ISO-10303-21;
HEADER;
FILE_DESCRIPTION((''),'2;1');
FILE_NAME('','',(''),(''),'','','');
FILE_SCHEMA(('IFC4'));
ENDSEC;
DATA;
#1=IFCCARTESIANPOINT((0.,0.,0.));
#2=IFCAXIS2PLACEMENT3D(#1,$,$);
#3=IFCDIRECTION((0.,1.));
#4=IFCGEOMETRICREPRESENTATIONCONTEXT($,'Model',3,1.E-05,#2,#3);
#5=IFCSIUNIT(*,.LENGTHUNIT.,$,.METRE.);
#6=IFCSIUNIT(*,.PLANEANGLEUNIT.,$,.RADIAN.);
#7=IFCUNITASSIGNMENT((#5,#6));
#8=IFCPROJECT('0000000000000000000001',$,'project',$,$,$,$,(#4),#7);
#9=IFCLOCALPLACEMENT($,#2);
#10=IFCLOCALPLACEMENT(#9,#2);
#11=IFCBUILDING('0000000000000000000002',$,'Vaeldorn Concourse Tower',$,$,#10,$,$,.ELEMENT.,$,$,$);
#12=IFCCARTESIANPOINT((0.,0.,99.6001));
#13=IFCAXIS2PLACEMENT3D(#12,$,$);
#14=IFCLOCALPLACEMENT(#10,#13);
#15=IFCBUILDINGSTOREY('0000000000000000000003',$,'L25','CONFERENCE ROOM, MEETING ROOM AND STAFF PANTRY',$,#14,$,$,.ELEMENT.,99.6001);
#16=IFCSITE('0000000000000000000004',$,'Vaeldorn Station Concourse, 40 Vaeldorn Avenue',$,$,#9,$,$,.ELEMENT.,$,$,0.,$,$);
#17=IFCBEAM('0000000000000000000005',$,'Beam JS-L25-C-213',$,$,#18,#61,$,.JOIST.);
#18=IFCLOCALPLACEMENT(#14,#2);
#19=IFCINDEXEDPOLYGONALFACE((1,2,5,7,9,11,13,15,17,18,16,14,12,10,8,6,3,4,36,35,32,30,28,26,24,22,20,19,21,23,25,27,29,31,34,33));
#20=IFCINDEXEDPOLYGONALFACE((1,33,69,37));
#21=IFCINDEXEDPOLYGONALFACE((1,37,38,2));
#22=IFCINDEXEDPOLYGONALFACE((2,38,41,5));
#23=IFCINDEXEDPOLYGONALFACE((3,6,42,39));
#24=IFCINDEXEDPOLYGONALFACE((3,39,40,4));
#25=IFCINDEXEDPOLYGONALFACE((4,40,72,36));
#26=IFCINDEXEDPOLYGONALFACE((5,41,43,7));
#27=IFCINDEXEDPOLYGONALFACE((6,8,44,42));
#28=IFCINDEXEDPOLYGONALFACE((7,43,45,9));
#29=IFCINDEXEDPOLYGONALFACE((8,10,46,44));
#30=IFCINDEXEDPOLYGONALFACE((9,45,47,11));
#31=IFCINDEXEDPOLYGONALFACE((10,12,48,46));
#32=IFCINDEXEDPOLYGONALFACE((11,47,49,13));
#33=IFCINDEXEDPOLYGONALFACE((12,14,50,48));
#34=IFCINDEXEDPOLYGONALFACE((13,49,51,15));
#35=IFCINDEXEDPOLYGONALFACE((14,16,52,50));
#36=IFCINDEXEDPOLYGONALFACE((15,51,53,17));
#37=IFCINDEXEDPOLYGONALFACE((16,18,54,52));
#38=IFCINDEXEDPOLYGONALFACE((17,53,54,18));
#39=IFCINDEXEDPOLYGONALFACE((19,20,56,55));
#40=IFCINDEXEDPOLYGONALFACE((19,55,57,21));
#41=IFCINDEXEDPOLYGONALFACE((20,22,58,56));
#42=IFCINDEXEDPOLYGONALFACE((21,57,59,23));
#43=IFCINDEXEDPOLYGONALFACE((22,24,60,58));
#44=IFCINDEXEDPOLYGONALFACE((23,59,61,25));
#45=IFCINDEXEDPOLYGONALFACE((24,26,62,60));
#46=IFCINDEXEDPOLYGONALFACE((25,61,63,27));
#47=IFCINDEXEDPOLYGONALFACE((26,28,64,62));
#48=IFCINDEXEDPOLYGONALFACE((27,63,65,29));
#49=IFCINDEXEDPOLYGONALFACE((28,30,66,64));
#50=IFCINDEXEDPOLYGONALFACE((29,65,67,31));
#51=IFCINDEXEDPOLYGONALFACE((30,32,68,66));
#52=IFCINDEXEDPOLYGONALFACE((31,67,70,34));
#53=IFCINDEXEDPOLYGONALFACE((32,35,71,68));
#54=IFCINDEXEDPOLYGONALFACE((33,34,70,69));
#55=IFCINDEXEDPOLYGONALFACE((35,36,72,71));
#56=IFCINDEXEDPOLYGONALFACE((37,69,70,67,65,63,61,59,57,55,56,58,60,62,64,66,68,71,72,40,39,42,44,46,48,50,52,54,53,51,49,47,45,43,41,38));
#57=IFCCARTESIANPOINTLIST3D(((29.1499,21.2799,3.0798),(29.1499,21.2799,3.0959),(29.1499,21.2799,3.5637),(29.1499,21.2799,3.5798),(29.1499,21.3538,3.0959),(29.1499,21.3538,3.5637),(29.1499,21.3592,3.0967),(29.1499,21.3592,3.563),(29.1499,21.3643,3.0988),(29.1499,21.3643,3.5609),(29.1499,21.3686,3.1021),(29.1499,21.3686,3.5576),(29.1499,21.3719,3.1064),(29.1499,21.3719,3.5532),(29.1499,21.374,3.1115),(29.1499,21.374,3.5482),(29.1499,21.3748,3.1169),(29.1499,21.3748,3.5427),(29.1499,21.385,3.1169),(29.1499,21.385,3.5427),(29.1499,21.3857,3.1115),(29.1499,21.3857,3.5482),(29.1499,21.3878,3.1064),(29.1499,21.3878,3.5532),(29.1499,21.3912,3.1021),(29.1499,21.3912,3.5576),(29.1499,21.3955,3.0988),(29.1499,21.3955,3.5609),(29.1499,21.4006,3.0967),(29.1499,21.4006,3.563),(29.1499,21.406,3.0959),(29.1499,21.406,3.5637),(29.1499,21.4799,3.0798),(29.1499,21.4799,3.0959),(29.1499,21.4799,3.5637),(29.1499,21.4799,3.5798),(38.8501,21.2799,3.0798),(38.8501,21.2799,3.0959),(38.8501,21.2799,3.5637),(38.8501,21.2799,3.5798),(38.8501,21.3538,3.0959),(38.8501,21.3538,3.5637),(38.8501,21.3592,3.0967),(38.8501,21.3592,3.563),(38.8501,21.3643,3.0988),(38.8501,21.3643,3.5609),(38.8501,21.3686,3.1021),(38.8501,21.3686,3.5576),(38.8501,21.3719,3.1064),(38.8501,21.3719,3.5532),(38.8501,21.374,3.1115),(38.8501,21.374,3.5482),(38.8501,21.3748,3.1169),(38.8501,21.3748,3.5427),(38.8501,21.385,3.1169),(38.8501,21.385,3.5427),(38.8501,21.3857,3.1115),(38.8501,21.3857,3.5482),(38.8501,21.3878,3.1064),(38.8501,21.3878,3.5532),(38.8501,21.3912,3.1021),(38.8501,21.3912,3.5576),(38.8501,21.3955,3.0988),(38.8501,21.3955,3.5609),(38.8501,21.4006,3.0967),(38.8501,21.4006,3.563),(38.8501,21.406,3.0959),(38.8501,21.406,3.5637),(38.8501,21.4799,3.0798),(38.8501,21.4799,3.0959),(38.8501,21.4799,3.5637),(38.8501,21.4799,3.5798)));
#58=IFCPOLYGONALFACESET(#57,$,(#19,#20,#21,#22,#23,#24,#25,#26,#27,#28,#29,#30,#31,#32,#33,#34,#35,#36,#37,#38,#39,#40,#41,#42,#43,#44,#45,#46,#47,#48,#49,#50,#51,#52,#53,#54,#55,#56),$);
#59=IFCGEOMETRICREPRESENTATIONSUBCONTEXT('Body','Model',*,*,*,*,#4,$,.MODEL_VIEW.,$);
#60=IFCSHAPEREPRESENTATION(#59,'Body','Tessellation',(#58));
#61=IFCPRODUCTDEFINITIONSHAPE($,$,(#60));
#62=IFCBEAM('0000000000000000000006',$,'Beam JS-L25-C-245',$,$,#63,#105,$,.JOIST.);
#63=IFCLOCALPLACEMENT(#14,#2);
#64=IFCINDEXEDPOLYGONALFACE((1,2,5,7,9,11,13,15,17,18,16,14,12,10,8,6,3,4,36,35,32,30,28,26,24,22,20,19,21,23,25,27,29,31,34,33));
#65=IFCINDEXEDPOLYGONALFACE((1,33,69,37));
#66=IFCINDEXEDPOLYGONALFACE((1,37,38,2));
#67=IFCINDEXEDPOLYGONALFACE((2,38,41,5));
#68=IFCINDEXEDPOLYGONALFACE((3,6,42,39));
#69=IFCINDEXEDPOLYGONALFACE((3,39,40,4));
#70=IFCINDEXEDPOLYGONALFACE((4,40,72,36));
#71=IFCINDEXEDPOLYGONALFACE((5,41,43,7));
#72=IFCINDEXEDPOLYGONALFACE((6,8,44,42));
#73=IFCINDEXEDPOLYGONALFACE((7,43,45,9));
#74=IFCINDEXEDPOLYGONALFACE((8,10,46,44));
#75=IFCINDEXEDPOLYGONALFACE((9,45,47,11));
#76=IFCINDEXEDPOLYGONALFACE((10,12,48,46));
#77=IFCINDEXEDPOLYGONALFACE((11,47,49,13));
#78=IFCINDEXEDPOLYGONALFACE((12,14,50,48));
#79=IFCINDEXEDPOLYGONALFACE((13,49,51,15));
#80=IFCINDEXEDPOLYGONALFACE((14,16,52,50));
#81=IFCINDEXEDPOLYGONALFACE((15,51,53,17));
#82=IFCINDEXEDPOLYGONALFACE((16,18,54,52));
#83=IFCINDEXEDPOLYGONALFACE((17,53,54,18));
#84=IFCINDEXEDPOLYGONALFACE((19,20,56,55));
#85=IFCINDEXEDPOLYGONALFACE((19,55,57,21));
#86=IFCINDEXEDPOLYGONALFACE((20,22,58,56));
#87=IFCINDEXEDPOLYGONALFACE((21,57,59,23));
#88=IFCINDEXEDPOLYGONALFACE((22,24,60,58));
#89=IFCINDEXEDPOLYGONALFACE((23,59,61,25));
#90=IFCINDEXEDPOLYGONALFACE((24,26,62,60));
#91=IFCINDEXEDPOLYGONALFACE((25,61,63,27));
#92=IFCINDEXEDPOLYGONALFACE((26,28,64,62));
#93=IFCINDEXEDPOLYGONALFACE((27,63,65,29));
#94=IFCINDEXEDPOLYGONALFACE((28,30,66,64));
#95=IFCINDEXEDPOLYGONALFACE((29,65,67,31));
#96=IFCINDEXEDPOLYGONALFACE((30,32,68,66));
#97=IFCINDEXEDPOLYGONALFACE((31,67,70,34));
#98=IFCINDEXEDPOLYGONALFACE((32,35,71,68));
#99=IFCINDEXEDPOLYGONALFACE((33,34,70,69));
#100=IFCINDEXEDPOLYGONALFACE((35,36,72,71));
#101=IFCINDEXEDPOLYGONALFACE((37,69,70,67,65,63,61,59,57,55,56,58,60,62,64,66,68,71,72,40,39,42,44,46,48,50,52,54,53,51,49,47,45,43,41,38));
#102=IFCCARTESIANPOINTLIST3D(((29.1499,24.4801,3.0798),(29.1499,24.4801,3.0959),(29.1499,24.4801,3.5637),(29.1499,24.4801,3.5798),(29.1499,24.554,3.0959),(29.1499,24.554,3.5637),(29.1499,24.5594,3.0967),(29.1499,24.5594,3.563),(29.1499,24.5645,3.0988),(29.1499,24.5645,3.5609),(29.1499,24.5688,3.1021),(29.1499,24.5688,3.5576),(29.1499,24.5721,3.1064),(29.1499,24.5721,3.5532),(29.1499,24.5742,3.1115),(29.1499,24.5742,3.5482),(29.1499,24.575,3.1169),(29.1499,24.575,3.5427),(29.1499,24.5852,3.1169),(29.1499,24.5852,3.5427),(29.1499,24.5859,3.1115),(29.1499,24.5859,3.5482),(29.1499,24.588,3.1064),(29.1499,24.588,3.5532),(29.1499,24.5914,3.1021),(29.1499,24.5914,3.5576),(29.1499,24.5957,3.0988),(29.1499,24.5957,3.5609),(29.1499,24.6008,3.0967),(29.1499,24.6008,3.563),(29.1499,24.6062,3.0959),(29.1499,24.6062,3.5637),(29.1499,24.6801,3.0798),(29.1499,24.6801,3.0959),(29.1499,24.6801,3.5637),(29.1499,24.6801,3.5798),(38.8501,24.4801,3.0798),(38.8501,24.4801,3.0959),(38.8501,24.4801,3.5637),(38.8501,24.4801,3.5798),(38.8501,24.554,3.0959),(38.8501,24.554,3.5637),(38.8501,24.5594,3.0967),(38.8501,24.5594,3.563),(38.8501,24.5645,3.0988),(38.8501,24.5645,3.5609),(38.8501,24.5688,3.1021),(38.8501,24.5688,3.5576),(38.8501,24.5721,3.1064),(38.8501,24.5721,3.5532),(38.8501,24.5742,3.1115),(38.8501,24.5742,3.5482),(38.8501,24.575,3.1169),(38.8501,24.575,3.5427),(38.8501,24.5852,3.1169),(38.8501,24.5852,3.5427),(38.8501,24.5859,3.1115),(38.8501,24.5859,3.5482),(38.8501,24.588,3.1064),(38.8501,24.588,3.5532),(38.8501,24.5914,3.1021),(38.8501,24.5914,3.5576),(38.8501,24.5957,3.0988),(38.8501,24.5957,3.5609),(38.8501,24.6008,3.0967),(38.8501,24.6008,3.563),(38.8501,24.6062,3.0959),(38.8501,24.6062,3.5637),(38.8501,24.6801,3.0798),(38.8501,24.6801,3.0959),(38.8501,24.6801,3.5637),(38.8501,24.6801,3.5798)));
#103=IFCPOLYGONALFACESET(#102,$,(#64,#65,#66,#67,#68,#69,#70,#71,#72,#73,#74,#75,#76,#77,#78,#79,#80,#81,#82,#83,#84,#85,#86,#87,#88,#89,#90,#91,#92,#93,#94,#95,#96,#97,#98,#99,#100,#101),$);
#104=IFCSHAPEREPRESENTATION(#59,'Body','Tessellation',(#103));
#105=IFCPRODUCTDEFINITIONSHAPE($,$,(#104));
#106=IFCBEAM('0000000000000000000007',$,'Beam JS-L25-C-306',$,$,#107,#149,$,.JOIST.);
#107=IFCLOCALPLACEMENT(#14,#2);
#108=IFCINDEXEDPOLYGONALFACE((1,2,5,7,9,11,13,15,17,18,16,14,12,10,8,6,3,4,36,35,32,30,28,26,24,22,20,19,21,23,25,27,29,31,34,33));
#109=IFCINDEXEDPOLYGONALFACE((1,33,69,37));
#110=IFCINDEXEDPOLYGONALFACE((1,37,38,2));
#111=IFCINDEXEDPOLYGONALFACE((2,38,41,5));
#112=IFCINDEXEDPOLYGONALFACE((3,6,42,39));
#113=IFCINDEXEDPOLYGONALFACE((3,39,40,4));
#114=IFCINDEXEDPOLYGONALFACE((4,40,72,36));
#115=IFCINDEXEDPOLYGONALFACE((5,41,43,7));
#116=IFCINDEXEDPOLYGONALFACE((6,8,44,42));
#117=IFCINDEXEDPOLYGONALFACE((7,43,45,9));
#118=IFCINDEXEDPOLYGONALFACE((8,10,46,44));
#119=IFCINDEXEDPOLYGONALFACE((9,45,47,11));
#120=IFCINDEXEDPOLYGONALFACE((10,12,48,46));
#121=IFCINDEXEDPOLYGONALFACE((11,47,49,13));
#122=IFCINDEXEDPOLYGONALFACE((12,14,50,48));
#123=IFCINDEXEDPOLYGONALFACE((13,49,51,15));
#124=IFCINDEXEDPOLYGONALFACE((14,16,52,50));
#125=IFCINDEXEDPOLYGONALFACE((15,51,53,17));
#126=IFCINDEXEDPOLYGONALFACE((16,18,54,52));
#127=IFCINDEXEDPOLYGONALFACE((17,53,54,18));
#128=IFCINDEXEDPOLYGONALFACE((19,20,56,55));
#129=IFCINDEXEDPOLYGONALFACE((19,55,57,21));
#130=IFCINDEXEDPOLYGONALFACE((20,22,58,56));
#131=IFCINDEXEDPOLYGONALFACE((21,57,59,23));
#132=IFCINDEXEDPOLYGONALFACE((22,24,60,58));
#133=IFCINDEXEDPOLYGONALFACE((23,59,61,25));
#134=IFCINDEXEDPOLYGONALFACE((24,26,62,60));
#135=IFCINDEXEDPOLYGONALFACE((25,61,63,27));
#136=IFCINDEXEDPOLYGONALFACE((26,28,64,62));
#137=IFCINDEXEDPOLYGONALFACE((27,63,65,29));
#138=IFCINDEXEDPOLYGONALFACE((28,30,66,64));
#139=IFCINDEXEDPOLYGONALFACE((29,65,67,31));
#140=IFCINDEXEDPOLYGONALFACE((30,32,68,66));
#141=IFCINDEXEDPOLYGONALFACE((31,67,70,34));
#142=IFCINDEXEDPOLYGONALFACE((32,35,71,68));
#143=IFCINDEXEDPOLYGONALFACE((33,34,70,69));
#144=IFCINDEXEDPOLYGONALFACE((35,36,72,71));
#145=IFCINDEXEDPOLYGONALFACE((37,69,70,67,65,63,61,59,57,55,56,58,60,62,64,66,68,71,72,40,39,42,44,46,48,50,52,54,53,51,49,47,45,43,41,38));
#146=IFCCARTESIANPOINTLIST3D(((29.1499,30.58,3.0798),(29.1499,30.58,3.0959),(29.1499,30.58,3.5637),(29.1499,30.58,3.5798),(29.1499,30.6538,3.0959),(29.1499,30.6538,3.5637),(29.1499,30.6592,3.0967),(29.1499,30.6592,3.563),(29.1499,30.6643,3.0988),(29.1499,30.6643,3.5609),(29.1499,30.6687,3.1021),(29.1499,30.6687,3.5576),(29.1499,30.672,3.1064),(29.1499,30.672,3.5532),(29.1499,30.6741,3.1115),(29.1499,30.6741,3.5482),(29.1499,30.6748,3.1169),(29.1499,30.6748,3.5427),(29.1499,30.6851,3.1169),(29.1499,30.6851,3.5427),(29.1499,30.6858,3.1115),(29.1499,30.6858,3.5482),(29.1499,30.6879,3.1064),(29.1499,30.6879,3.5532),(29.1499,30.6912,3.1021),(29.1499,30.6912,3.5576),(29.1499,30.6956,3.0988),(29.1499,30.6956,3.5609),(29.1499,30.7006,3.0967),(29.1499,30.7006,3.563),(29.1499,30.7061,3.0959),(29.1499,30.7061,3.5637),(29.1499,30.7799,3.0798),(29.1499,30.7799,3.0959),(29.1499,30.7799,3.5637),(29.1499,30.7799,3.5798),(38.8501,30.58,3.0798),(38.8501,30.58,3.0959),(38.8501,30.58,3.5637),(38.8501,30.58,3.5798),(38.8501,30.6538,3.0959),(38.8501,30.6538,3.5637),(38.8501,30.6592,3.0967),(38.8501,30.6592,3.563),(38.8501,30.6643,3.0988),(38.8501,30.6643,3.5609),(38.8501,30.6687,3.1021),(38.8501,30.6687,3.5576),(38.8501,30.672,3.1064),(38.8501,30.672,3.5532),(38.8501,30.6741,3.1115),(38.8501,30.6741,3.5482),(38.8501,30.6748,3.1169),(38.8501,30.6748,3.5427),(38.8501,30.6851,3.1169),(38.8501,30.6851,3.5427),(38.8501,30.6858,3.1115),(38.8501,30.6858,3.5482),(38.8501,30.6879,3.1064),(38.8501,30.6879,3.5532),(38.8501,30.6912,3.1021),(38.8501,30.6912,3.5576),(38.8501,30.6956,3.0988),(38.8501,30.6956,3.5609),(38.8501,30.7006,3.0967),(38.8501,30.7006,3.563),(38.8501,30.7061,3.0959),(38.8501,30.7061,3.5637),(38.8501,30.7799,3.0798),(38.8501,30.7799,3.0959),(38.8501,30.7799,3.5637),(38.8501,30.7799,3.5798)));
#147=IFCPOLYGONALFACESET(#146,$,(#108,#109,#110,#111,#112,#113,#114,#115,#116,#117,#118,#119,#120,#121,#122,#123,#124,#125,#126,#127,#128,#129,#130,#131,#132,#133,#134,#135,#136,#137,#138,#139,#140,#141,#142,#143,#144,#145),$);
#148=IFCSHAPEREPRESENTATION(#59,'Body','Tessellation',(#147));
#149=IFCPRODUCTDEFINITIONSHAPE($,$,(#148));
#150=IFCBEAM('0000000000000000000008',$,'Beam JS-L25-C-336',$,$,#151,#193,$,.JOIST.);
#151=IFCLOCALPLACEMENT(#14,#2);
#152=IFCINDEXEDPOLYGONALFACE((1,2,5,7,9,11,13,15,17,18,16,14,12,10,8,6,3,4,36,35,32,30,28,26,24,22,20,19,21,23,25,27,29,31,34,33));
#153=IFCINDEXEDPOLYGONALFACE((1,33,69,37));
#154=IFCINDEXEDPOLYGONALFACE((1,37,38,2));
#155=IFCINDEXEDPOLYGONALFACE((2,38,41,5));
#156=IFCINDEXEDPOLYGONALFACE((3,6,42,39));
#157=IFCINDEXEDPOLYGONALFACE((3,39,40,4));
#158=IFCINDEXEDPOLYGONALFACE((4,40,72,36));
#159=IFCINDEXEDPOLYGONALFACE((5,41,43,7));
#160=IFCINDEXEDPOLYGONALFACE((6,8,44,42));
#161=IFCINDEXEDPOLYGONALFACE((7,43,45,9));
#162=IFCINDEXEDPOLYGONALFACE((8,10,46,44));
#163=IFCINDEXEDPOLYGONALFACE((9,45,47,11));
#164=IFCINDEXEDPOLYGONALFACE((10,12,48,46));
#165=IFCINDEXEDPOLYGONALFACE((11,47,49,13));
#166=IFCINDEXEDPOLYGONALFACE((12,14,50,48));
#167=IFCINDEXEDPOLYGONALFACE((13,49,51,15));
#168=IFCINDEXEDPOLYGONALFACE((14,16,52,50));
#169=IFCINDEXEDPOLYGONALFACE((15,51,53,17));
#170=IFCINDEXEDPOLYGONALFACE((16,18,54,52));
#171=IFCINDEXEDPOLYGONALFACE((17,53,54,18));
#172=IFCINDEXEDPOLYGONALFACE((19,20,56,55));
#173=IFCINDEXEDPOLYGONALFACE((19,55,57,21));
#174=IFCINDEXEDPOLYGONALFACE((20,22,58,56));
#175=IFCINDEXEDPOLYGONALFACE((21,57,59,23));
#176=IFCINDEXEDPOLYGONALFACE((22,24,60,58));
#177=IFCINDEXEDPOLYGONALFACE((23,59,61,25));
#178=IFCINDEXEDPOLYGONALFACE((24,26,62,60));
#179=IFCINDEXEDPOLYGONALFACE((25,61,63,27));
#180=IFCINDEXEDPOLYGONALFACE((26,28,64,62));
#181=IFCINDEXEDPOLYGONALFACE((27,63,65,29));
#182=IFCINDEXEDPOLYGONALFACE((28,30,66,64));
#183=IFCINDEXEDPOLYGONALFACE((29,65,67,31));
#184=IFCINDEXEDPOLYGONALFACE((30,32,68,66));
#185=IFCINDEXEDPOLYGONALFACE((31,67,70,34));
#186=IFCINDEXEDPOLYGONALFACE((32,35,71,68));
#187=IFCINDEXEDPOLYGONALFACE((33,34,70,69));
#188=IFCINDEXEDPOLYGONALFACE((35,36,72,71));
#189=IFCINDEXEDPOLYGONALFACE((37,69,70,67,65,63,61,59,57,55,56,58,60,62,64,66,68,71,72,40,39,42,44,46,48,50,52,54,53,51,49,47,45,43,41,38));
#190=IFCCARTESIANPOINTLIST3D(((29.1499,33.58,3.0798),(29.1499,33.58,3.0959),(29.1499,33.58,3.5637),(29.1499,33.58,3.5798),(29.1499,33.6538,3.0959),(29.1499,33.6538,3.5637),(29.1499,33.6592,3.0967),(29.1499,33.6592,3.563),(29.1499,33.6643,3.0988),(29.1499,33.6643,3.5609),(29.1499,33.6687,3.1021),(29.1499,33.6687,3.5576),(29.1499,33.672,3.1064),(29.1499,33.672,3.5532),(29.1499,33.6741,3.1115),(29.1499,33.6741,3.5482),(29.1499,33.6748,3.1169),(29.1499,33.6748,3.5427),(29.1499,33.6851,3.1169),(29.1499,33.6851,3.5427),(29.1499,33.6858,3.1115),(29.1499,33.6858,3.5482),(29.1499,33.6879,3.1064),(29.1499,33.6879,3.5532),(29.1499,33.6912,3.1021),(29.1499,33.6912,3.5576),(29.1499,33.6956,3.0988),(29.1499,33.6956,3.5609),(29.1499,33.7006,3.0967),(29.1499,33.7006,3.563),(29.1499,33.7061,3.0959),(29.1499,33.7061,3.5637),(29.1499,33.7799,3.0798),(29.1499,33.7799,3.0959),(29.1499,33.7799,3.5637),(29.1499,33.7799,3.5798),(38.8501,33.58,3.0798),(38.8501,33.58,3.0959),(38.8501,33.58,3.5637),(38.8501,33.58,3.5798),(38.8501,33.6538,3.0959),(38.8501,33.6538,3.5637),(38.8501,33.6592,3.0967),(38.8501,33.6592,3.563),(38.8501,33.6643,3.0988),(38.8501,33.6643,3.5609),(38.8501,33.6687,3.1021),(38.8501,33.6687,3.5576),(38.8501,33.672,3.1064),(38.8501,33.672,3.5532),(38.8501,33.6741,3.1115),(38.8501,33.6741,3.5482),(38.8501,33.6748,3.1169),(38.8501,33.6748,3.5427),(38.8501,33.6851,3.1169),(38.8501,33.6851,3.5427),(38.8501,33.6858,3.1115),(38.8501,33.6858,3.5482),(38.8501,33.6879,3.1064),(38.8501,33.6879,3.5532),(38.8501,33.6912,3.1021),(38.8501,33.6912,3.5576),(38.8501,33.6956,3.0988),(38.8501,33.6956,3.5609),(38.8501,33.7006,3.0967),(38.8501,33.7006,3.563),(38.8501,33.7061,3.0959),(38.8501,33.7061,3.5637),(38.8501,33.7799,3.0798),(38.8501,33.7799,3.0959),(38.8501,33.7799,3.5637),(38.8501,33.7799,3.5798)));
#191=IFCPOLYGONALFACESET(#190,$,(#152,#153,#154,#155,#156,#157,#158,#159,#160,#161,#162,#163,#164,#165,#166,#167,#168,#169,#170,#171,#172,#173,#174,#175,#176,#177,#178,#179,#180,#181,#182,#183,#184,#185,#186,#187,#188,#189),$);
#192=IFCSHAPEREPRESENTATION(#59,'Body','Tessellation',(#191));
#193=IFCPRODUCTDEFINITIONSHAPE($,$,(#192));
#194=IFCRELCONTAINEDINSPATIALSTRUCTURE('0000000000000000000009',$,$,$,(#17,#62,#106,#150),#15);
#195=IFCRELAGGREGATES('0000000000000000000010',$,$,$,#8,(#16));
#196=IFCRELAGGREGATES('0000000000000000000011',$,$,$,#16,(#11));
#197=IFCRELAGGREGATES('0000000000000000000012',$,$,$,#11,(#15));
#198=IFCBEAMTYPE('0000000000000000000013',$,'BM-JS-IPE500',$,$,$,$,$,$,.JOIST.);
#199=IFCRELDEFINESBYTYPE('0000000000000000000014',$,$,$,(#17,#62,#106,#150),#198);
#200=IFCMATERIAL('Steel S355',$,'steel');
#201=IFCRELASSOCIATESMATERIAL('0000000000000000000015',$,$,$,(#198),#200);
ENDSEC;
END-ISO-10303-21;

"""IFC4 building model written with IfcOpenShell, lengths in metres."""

from ifc_helpers import new_model, si_unit, direction, frame, origin, origin_2d, place, context, subcontext, project, spatial, i_section, extrude, source, transform, mapped, material, material_profile, profile_set, type_object, element, save


model = new_model("IFC4")

# Units and contexts
model_context = context("Model", 3, precision=1e-05, world=origin(), true_north=direction((0.0, 1.0)))
body_context = subcontext(model_context, "Body", "Model", "MODEL_VIEW")
ifc_project = project(units=[si_unit("LENGTHUNIT", "METRE"), si_unit("PLANEANGLEUNIT", "RADIAN")], contexts=[model_context])

# Site, building, storey
site_placement = place(None, origin())
site = spatial("IfcSite", under=ifc_project, at=site_placement, Name="Vaeldorn Station Concourse, 40 Vaeldorn Avenue", CompositionType="ELEMENT", RefElevation=0.0)
building_placement = place(site_placement, origin())
building = spatial("IfcBuilding", under=site, at=building_placement, Name="Vaeldorn Concourse Tower", CompositionType="ELEMENT")
storey_placement = place(building_placement, frame((0.0, 0.0, 99.6001)))
storey = spatial("IfcBuildingStorey", under=building, at=storey_placement, Name="L25", Description="CONFERENCE ROOM, MEETING ROOM AND STAFF PANTRY", CompositionType="ELEMENT", Elevation=99.6001)

# Beams
ifc_material_1 = material(Name="Steel S355", Category="steel")
ifc_material_profile_1 = material_profile(ifc_material_1, i_section(OverallWidth=0.2, OverallDepth=0.5, WebThickness=0.0103, FlangeThickness=0.0161, FilletRadius=0.021, at=origin_2d()), Name="IPE 500")
ifc_profile_set_1 = profile_set([ifc_material_profile_1], Name="Steel S355")
beam_type_1 = type_object("IfcBeamType", Name="BM-JS-IPE500", PredefinedType="JOIST", material=ifc_profile_set_1)
shared_shape_1 = source(origin(), body_context, "Body", "SweptSolid", [
    extrude(i_section(OverallWidth=0.2, OverallDepth=0.5, WebThickness=0.0103, FlangeThickness=0.0161, FilletRadius=0.021, at=origin_2d()), origin(), (0.0, 0.0, 1.0), 9.7002),
])
for number, where, z_axis, x_axis, name in (
    (1, (29.1499, 21.3799, 3.3298), (1.0, 0.0, 0.0), (0.0, 1.0, 0.0), "Beam JS-L25-C-213"),
    (2, (29.1499, 24.5801, 3.3298), (1.0, 0.0, 0.0), (0.0, 1.0, 0.0), "Beam JS-L25-C-245"),
    (3, (29.1499, 30.6799, 3.3298), (1.0, 0.0, 0.0), (0.0, 1.0, 0.0), "Beam JS-L25-C-306"),
    (4, (29.1499, 33.6799, 3.3298), (1.0, 0.0, 0.0), (0.0, 1.0, 0.0), "Beam JS-L25-C-336"),
):
    element("IfcBeam", number, at=place(storey_placement, frame(where, z_axis=z_axis, x_axis=x_axis)), inside=storey, type_object=beam_type_1, Name=name, PredefinedType="JOIST", context=body_context, shape_type="MappedRepresentation", body=[
        mapped(shared_shape_1, transform((0.0, 0.0, 0.0), scale=1.0)),
    ])

save(model, "model.ifc")
